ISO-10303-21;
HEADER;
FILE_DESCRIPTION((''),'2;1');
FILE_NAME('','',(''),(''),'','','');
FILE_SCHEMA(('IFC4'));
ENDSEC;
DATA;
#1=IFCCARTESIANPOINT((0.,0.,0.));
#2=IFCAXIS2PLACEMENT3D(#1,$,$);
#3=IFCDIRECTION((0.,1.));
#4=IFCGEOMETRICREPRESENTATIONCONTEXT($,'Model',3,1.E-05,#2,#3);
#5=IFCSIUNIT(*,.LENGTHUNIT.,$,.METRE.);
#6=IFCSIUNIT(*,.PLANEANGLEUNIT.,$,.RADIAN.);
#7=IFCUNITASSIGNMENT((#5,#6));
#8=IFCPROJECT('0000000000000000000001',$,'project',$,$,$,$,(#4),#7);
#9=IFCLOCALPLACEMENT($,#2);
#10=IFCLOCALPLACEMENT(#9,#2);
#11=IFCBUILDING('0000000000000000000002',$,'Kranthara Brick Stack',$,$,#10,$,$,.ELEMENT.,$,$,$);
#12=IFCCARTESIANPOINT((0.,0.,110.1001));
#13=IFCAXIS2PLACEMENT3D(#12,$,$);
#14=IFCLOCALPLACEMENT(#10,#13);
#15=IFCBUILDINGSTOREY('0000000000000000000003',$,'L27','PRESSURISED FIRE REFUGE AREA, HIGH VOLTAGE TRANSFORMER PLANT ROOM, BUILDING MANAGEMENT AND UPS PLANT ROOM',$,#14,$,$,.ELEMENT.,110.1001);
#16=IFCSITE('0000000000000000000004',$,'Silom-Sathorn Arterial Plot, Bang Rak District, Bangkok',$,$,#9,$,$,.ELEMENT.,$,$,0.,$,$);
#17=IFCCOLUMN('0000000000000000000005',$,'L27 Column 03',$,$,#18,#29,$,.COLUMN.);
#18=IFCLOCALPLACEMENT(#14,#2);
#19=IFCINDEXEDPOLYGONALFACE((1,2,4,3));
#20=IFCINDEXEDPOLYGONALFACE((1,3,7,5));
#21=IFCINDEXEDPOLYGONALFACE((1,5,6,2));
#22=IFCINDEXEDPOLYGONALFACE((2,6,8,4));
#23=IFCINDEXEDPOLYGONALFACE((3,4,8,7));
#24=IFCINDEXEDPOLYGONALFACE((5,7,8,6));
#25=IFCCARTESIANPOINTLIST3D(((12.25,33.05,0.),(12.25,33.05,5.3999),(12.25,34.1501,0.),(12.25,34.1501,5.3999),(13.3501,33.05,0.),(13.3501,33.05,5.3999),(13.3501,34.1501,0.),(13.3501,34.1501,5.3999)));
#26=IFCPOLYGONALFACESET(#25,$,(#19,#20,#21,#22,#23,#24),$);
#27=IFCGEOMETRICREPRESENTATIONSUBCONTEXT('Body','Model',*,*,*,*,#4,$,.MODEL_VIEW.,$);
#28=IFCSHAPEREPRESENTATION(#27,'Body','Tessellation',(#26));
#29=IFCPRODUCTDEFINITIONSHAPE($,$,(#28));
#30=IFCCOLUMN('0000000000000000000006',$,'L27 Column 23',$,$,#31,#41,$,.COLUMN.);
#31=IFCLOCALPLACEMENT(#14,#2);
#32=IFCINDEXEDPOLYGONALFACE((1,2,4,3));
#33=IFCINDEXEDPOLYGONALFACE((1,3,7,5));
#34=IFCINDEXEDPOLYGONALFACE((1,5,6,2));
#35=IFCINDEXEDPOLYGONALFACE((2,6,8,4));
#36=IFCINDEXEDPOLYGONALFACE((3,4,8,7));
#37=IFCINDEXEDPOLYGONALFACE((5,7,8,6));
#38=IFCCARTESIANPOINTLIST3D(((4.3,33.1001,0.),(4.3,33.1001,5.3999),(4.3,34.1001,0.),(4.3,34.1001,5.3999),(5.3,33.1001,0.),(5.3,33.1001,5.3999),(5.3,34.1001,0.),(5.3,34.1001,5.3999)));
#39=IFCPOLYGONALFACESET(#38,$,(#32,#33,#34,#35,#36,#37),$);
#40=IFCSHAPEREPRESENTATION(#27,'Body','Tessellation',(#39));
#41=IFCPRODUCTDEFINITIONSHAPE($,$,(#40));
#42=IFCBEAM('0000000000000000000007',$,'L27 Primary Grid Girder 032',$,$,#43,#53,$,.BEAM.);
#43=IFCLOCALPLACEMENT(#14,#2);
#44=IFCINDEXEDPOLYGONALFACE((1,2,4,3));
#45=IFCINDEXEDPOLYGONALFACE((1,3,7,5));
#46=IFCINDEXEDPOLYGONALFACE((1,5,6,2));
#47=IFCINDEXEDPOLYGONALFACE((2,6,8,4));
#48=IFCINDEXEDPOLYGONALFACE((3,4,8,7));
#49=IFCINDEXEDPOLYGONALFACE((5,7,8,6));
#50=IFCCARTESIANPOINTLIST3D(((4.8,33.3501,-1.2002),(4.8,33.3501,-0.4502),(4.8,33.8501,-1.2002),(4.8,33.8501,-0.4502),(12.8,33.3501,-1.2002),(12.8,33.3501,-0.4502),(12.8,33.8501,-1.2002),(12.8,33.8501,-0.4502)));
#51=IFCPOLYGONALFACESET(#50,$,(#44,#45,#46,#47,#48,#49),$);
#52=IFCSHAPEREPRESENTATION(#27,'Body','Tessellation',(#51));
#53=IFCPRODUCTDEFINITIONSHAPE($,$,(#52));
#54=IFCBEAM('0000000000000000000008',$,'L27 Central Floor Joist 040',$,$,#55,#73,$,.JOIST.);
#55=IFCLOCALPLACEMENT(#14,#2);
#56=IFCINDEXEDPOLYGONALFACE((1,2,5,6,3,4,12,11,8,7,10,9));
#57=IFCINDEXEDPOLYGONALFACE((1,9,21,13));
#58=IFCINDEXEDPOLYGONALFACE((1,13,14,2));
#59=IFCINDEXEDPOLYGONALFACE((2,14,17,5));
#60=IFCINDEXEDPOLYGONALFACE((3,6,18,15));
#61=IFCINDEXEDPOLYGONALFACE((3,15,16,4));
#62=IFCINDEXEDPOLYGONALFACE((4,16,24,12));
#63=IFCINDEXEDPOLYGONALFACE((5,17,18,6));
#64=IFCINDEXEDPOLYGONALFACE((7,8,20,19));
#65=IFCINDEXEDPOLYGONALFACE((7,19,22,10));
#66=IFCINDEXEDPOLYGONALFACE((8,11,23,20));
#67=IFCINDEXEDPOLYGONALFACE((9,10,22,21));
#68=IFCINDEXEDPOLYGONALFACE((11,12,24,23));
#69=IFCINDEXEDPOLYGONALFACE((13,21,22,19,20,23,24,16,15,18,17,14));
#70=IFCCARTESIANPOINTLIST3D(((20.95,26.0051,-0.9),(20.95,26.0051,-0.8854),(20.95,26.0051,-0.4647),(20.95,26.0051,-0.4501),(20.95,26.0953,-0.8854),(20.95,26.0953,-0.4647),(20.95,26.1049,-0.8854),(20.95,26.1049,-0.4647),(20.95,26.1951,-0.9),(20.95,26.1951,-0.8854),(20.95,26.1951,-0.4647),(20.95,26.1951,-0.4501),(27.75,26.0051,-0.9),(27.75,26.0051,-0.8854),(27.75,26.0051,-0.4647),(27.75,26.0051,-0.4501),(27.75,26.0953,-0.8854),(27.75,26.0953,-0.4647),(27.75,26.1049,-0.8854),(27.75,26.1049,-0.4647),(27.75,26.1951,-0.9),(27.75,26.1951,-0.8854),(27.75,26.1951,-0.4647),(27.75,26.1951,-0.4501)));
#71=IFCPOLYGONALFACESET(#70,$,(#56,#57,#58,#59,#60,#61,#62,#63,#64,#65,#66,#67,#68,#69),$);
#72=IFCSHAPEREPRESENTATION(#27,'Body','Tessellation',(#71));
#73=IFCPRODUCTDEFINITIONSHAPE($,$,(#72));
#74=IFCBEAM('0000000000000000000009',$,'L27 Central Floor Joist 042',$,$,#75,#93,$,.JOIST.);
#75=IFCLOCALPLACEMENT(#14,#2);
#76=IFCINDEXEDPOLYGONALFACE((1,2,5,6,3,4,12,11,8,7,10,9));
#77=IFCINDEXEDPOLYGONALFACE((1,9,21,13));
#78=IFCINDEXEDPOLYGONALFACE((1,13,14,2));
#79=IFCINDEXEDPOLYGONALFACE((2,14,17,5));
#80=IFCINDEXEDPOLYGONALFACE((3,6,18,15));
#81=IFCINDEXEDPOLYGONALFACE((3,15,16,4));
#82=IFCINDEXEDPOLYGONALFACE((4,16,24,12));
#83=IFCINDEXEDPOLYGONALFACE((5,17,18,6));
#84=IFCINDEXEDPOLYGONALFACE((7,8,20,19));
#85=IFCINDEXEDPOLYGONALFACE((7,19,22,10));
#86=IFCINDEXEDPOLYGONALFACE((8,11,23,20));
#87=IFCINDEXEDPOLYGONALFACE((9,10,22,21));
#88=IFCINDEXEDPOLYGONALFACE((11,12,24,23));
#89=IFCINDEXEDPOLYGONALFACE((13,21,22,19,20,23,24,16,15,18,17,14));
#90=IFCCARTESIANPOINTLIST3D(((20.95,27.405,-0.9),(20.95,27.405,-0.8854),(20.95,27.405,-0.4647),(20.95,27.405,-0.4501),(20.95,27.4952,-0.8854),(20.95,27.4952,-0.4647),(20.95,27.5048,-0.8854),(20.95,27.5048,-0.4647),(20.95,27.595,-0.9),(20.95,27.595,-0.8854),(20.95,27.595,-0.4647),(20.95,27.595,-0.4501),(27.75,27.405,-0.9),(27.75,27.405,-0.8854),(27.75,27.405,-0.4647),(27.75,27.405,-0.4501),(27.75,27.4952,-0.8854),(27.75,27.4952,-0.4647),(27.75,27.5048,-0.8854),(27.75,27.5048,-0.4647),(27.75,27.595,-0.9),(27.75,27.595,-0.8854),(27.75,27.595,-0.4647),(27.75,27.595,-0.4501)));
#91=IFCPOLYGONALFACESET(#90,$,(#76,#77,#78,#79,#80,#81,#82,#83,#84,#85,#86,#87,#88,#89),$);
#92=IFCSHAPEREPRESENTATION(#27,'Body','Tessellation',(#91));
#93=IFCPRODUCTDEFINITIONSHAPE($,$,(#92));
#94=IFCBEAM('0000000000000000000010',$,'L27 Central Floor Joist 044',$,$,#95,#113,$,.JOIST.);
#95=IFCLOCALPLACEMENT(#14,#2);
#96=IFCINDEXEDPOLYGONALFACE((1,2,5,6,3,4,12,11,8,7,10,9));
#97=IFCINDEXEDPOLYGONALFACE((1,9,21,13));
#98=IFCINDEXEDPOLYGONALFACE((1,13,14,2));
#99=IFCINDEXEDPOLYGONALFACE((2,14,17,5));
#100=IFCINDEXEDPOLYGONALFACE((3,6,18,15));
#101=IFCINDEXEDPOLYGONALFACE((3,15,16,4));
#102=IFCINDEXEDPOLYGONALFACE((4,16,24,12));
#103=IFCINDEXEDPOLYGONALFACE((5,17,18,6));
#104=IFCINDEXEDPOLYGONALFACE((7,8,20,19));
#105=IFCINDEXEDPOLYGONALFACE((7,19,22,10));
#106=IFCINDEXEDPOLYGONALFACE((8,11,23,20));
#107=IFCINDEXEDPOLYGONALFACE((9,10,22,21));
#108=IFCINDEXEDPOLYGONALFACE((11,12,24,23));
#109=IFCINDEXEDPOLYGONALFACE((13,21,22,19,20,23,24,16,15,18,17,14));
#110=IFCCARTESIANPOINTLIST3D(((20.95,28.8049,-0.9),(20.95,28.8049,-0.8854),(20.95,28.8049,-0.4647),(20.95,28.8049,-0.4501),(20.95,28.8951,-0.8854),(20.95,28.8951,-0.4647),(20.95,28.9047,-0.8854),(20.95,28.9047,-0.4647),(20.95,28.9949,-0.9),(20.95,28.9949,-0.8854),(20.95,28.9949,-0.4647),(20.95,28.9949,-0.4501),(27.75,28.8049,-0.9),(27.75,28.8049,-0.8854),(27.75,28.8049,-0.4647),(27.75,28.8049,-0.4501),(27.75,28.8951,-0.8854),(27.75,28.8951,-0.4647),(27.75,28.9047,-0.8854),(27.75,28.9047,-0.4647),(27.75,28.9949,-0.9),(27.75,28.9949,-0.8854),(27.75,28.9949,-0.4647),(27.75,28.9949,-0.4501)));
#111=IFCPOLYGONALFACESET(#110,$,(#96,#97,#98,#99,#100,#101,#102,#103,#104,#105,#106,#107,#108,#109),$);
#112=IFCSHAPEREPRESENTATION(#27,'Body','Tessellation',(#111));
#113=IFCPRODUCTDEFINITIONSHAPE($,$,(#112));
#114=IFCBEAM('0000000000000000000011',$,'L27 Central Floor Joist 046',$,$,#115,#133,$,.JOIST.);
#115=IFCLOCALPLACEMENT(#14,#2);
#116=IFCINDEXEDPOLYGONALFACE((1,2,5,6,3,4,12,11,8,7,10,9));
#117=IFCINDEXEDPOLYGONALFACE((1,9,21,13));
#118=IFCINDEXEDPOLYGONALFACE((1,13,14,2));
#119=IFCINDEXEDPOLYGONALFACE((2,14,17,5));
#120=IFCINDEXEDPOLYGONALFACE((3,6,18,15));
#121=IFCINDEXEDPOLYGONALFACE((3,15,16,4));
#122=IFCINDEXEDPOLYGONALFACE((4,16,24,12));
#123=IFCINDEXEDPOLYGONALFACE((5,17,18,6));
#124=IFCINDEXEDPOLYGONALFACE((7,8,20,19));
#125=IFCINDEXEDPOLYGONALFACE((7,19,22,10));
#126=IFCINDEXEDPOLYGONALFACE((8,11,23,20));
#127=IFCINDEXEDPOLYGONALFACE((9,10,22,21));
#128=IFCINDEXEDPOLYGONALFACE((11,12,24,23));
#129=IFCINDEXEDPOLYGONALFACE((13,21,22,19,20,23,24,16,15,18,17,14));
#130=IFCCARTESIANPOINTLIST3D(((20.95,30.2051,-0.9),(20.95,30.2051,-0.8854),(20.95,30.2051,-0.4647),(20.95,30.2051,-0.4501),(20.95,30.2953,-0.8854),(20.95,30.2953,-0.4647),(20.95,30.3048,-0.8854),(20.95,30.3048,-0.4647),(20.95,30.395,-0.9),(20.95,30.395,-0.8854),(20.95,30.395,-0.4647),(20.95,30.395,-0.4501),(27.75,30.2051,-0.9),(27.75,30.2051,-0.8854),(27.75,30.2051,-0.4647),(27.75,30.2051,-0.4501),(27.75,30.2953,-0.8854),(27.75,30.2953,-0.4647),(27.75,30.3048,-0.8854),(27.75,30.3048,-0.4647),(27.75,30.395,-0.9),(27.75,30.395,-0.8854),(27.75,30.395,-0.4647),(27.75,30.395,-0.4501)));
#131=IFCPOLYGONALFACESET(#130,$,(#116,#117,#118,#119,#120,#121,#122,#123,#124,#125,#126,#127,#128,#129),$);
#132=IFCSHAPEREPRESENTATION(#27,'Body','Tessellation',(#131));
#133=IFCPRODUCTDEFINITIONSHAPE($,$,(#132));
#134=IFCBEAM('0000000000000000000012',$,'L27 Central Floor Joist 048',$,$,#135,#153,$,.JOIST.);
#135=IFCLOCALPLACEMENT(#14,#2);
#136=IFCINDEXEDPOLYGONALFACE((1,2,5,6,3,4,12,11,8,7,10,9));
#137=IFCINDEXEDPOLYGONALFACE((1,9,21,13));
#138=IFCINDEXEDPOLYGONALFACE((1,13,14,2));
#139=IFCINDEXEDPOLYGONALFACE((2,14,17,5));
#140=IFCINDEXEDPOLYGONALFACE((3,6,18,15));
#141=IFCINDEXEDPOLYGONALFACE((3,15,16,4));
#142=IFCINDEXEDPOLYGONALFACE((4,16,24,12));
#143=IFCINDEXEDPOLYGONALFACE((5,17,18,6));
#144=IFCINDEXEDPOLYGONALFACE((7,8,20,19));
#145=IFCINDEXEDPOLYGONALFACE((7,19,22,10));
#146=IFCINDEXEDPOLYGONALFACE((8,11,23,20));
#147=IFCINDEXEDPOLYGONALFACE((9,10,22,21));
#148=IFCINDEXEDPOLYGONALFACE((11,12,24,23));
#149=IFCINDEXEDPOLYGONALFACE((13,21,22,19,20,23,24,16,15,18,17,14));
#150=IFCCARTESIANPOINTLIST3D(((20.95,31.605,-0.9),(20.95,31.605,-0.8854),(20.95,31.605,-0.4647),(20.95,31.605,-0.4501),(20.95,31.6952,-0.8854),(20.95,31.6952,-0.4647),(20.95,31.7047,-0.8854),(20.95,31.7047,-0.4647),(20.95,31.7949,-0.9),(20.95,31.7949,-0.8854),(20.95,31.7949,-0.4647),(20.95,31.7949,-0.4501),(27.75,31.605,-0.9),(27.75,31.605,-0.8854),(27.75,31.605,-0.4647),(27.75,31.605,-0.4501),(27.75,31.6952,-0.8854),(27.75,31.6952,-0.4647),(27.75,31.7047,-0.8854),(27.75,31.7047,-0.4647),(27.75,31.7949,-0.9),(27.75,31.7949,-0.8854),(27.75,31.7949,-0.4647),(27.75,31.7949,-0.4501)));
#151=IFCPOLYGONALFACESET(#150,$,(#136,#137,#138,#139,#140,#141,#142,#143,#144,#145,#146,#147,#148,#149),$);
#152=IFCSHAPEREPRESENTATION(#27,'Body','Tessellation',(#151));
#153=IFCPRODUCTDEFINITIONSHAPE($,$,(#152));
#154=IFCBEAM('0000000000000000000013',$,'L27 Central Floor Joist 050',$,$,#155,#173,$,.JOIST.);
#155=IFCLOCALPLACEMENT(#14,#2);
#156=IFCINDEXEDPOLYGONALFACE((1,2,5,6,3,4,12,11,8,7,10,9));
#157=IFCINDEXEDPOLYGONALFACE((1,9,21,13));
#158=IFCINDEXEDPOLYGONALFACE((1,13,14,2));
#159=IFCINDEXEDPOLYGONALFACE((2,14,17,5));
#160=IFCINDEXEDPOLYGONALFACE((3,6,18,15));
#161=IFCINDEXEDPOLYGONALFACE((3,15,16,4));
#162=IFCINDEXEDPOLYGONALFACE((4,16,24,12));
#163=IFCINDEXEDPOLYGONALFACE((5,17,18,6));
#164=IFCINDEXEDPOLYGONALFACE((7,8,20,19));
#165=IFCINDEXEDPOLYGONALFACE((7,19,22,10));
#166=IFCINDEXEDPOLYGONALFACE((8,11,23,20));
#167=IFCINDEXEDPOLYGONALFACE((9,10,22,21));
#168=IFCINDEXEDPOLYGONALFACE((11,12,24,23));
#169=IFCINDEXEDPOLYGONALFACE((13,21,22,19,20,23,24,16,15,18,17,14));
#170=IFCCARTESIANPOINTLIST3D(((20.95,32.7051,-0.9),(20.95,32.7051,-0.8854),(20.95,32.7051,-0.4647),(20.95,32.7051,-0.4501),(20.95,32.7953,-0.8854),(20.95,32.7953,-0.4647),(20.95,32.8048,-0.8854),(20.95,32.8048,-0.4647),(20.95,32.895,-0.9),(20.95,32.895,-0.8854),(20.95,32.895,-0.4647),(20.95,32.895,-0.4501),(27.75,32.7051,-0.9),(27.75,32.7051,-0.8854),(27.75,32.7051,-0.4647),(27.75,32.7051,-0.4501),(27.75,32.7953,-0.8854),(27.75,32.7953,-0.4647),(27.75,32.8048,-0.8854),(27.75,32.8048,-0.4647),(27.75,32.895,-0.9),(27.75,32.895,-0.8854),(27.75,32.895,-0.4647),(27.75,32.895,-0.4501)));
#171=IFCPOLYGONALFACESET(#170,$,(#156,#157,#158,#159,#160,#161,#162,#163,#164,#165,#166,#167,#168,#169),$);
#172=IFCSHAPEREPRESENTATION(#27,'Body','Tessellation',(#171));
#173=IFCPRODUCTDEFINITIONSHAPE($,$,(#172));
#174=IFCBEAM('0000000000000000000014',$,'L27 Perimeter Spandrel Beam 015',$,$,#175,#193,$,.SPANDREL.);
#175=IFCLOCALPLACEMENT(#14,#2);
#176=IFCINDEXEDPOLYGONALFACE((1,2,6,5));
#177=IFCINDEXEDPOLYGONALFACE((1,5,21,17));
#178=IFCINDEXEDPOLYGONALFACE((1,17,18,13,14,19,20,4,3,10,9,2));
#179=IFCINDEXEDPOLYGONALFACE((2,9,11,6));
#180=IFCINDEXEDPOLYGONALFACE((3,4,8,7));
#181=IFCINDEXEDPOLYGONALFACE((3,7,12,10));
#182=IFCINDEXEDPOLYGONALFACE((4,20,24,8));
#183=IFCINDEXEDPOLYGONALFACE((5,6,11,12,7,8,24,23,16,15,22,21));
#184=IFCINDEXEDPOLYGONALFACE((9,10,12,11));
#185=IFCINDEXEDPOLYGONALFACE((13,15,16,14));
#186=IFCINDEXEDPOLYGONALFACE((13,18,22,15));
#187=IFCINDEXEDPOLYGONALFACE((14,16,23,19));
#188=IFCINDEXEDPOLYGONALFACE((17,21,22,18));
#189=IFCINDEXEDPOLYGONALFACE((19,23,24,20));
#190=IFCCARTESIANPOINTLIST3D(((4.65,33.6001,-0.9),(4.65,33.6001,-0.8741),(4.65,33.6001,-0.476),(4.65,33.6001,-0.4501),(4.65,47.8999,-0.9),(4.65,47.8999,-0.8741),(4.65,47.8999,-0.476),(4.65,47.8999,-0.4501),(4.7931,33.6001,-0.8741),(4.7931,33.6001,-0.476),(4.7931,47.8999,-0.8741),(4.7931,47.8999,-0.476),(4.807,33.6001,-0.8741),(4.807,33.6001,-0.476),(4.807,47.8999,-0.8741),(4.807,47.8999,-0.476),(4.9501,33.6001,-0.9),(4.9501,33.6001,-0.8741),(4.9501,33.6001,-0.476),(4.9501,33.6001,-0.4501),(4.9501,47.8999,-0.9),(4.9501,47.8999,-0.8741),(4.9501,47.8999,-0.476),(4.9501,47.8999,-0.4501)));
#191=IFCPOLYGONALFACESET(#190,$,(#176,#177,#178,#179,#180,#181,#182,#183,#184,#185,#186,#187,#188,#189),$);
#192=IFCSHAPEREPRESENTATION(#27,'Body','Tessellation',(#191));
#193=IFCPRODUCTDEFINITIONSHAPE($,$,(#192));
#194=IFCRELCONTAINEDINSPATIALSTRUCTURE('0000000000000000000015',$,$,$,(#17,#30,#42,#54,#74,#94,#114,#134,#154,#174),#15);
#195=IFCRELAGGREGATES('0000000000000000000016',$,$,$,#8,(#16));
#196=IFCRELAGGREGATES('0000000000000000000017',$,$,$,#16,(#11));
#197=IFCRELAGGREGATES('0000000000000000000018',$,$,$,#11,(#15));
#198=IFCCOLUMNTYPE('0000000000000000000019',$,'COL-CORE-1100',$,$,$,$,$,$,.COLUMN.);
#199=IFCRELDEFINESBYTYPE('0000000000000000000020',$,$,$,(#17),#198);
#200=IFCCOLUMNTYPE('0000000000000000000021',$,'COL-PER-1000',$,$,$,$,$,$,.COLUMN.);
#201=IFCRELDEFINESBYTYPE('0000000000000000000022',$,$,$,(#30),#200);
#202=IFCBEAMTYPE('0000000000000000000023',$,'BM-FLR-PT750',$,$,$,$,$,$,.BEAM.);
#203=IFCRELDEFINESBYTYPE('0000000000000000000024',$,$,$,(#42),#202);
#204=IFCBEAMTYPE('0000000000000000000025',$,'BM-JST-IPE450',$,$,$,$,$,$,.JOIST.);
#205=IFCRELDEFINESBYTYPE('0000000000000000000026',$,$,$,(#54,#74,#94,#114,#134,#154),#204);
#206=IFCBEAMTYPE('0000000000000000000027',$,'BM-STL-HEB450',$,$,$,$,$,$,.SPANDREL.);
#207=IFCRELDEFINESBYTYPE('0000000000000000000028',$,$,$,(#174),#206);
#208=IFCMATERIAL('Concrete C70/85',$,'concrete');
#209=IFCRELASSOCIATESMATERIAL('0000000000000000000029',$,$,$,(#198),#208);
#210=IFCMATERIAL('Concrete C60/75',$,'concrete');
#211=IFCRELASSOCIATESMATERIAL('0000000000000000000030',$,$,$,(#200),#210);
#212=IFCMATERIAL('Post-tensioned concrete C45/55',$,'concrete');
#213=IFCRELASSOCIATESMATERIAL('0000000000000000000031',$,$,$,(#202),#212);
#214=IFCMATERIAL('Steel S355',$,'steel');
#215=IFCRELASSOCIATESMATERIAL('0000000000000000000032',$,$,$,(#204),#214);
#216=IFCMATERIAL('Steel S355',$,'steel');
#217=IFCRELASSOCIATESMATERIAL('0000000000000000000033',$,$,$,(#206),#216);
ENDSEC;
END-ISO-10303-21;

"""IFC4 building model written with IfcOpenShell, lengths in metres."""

from ifc_helpers import new_model, si_unit, direction, frame, origin, origin_2d, place, context, subcontext, project, spatial, rectangle, i_section, extrude, material, material_profile, profile_set, type_object, element, save


model = new_model("IFC4")

# Units and contexts
model_context = context("Model", 3, precision=1e-05, world=origin(), true_north=direction((0.0, 1.0)))
body_context = subcontext(model_context, "Body", "Model", "MODEL_VIEW")
ifc_project = project(units=[si_unit("LENGTHUNIT", "METRE"), si_unit("PLANEANGLEUNIT", "RADIAN")], contexts=[model_context])

# Site, building, storey
site_placement = place(None, origin())
site = spatial("IfcSite", under=ifc_project, at=site_placement, Name="Silom-Sathorn Arterial Plot, Bang Rak District, Bangkok", CompositionType="ELEMENT", RefElevation=0.0)
building_placement = place(site_placement, origin())
building = spatial("IfcBuilding", under=site, at=building_placement, Name="Kranthara Brick Stack", CompositionType="ELEMENT")
storey_placement = place(building_placement, frame((0.0, 0.0, 110.1001)))
storey = spatial("IfcBuildingStorey", under=building, at=storey_placement, Name="L27", Description="PRESSURISED FIRE REFUGE AREA, HIGH VOLTAGE TRANSFORMER PLANT ROOM, BUILDING MANAGEMENT AND UPS PLANT ROOM", CompositionType="ELEMENT", Elevation=110.1001)

# Columns
ifc_material_1 = material(Name="Concrete C70/85", Category="concrete")
ifc_material_profile_1 = material_profile(ifc_material_1, rectangle(XDim=1.1001, YDim=1.1001, at=origin_2d()), Name="RC 1100x1100")
ifc_profile_set_1 = profile_set([ifc_material_profile_1], Name="Concrete C70/85")
column_type_1 = type_object("IfcColumnType", Name="COL-CORE-1100", PredefinedType="COLUMN", material=ifc_profile_set_1)
column_1_placement = place(storey_placement, frame((12.8, 33.6001, 0.0), z_axis=(0.0, 0.0, 1.0), x_axis=(1.0, 0.0, 0.0)))
element("IfcColumn", 1, at=column_1_placement, inside=storey, type_object=column_type_1, Name="L27 Column 03", PredefinedType="COLUMN", context=body_context, shape_type="SweptSolid", body=[
    extrude(rectangle(XDim=1.1001, YDim=1.1001, at=origin_2d()), origin(), (0.0, 0.0, 1.0), 5.3999),
])
ifc_material_2 = material(Name="Concrete C60/75", Category="concrete")
ifc_material_profile_2 = material_profile(ifc_material_2, rectangle(XDim=1.0, YDim=1.0, at=origin_2d()), Name="RC 1000x1000")
ifc_profile_set_2 = profile_set([ifc_material_profile_2], Name="Concrete C60/75")
column_type_2 = type_object("IfcColumnType", Name="COL-PER-1000", PredefinedType="COLUMN", material=ifc_profile_set_2)
column_2_placement = place(storey_placement, frame((4.8, 33.6001, 0.0), z_axis=(0.0, 0.0, 1.0), x_axis=(1.0, 0.0, 0.0)))
element("IfcColumn", 2, at=column_2_placement, inside=storey, type_object=column_type_2, Name="L27 Column 23", PredefinedType="COLUMN", context=body_context, shape_type="SweptSolid", body=[
    extrude(rectangle(XDim=1.0, YDim=1.0, at=origin_2d()), origin(), (0.0, 0.0, 1.0), 5.3999),
])

# Beams
ifc_material_3 = material(Name="Post-tensioned concrete C45/55", Category="concrete")
ifc_material_profile_3 = material_profile(ifc_material_3, rectangle(XDim=0.5, YDim=0.75, at=origin_2d()), Name="PT 500x750")
ifc_profile_set_3 = profile_set([ifc_material_profile_3], Name="Post-tensioned concrete C45/55")
beam_type_1 = type_object("IfcBeamType", Name="BM-FLR-PT750", PredefinedType="BEAM", material=ifc_profile_set_3)
beam_1_placement = place(storey_placement, frame((4.8, 33.6001, -0.8252), z_axis=(1.0, 0.0, 0.0), x_axis=(0.0, 1.0, 0.0)))
element("IfcBeam", 3, at=beam_1_placement, inside=storey, type_object=beam_type_1, Name="L27 Primary Grid Girder 032", PredefinedType="BEAM", context=body_context, shape_type="SweptSolid", body=[
    extrude(rectangle(XDim=0.5, YDim=0.75, at=origin_2d()), origin(), (0.0, 0.0, 1.0), 8.0),
])
ifc_material_4 = material(Name="Steel S355", Category="steel")
ifc_material_profile_4 = material_profile(ifc_material_4, i_section(OverallWidth=0.1899, OverallDepth=0.45, WebThickness=0.0095, FlangeThickness=0.0146, at=origin_2d()), Name="IPE 450")
ifc_profile_set_4 = profile_set([ifc_material_profile_4], Name="Steel S355")
beam_type_2 = type_object("IfcBeamType", Name="BM-JST-IPE450", PredefinedType="JOIST", material=ifc_profile_set_4)
for number, where, z_axis, x_axis, name in (
    (4, (20.95, 26.1001, -0.675), (1.0, 0.0, 0.0), (0.0, 1.0, 0.0), "L27 Central Floor Joist 040"),
    (5, (20.95, 27.5, -0.675), (1.0, 0.0, 0.0), (0.0, 1.0, 0.0), "L27 Central Floor Joist 042"),
    (6, (20.95, 28.8999, -0.675), (1.0, 0.0, 0.0), (0.0, 1.0, 0.0), "L27 Central Floor Joist 044"),
    (7, (20.95, 30.3, -0.675), (1.0, 0.0, 0.0), (0.0, 1.0, 0.0), "L27 Central Floor Joist 046"),
    (8, (20.95, 31.7, -0.675), (1.0, 0.0, 0.0), (0.0, 1.0, 0.0), "L27 Central Floor Joist 048"),
    (9, (20.95, 32.8, -0.675), (1.0, 0.0, 0.0), (0.0, 1.0, 0.0), "L27 Central Floor Joist 050"),
):
    element("IfcBeam", number, at=place(storey_placement, frame(where, z_axis=z_axis, x_axis=x_axis)), inside=storey, type_object=beam_type_2, Name=name, PredefinedType="JOIST", context=body_context, shape_type="SweptSolid", body=[
        extrude(i_section(OverallWidth=0.1899, OverallDepth=0.45, WebThickness=0.0095, FlangeThickness=0.0146, at=origin_2d()), origin(), (0.0, 0.0, 1.0), 6.8),
    ])
ifc_material_5 = material(Name="Steel S355", Category="steel")
ifc_material_profile_5 = material_profile(ifc_material_5, i_section(OverallWidth=0.3, OverallDepth=0.45, WebThickness=0.0139, FlangeThickness=0.0259, at=origin_2d()), Name="HEB 450")
ifc_profile_set_5 = profile_set([ifc_material_profile_5], Name="Steel S355")
beam_type_3 = type_object("IfcBeamType", Name="BM-STL-HEB450", PredefinedType="SPANDREL", material=ifc_profile_set_5)
beam_2_placement = place(storey_placement, frame((4.8, 33.6001, -0.675), z_axis=(0.0, 1.0, 0.0), x_axis=(-1.0, 0.0, 0.0)))
element("IfcBeam", 10, at=beam_2_placement, inside=storey, type_object=beam_type_3, Name="L27 Perimeter Spandrel Beam 015", PredefinedType="SPANDREL", context=body_context, shape_type="SweptSolid", body=[
    extrude(i_section(OverallWidth=0.3, OverallDepth=0.45, WebThickness=0.0139, FlangeThickness=0.0259, at=origin_2d()), origin(), (0.0, 0.0, 1.0), 14.2998),
])

save(model, "model.ifc")
